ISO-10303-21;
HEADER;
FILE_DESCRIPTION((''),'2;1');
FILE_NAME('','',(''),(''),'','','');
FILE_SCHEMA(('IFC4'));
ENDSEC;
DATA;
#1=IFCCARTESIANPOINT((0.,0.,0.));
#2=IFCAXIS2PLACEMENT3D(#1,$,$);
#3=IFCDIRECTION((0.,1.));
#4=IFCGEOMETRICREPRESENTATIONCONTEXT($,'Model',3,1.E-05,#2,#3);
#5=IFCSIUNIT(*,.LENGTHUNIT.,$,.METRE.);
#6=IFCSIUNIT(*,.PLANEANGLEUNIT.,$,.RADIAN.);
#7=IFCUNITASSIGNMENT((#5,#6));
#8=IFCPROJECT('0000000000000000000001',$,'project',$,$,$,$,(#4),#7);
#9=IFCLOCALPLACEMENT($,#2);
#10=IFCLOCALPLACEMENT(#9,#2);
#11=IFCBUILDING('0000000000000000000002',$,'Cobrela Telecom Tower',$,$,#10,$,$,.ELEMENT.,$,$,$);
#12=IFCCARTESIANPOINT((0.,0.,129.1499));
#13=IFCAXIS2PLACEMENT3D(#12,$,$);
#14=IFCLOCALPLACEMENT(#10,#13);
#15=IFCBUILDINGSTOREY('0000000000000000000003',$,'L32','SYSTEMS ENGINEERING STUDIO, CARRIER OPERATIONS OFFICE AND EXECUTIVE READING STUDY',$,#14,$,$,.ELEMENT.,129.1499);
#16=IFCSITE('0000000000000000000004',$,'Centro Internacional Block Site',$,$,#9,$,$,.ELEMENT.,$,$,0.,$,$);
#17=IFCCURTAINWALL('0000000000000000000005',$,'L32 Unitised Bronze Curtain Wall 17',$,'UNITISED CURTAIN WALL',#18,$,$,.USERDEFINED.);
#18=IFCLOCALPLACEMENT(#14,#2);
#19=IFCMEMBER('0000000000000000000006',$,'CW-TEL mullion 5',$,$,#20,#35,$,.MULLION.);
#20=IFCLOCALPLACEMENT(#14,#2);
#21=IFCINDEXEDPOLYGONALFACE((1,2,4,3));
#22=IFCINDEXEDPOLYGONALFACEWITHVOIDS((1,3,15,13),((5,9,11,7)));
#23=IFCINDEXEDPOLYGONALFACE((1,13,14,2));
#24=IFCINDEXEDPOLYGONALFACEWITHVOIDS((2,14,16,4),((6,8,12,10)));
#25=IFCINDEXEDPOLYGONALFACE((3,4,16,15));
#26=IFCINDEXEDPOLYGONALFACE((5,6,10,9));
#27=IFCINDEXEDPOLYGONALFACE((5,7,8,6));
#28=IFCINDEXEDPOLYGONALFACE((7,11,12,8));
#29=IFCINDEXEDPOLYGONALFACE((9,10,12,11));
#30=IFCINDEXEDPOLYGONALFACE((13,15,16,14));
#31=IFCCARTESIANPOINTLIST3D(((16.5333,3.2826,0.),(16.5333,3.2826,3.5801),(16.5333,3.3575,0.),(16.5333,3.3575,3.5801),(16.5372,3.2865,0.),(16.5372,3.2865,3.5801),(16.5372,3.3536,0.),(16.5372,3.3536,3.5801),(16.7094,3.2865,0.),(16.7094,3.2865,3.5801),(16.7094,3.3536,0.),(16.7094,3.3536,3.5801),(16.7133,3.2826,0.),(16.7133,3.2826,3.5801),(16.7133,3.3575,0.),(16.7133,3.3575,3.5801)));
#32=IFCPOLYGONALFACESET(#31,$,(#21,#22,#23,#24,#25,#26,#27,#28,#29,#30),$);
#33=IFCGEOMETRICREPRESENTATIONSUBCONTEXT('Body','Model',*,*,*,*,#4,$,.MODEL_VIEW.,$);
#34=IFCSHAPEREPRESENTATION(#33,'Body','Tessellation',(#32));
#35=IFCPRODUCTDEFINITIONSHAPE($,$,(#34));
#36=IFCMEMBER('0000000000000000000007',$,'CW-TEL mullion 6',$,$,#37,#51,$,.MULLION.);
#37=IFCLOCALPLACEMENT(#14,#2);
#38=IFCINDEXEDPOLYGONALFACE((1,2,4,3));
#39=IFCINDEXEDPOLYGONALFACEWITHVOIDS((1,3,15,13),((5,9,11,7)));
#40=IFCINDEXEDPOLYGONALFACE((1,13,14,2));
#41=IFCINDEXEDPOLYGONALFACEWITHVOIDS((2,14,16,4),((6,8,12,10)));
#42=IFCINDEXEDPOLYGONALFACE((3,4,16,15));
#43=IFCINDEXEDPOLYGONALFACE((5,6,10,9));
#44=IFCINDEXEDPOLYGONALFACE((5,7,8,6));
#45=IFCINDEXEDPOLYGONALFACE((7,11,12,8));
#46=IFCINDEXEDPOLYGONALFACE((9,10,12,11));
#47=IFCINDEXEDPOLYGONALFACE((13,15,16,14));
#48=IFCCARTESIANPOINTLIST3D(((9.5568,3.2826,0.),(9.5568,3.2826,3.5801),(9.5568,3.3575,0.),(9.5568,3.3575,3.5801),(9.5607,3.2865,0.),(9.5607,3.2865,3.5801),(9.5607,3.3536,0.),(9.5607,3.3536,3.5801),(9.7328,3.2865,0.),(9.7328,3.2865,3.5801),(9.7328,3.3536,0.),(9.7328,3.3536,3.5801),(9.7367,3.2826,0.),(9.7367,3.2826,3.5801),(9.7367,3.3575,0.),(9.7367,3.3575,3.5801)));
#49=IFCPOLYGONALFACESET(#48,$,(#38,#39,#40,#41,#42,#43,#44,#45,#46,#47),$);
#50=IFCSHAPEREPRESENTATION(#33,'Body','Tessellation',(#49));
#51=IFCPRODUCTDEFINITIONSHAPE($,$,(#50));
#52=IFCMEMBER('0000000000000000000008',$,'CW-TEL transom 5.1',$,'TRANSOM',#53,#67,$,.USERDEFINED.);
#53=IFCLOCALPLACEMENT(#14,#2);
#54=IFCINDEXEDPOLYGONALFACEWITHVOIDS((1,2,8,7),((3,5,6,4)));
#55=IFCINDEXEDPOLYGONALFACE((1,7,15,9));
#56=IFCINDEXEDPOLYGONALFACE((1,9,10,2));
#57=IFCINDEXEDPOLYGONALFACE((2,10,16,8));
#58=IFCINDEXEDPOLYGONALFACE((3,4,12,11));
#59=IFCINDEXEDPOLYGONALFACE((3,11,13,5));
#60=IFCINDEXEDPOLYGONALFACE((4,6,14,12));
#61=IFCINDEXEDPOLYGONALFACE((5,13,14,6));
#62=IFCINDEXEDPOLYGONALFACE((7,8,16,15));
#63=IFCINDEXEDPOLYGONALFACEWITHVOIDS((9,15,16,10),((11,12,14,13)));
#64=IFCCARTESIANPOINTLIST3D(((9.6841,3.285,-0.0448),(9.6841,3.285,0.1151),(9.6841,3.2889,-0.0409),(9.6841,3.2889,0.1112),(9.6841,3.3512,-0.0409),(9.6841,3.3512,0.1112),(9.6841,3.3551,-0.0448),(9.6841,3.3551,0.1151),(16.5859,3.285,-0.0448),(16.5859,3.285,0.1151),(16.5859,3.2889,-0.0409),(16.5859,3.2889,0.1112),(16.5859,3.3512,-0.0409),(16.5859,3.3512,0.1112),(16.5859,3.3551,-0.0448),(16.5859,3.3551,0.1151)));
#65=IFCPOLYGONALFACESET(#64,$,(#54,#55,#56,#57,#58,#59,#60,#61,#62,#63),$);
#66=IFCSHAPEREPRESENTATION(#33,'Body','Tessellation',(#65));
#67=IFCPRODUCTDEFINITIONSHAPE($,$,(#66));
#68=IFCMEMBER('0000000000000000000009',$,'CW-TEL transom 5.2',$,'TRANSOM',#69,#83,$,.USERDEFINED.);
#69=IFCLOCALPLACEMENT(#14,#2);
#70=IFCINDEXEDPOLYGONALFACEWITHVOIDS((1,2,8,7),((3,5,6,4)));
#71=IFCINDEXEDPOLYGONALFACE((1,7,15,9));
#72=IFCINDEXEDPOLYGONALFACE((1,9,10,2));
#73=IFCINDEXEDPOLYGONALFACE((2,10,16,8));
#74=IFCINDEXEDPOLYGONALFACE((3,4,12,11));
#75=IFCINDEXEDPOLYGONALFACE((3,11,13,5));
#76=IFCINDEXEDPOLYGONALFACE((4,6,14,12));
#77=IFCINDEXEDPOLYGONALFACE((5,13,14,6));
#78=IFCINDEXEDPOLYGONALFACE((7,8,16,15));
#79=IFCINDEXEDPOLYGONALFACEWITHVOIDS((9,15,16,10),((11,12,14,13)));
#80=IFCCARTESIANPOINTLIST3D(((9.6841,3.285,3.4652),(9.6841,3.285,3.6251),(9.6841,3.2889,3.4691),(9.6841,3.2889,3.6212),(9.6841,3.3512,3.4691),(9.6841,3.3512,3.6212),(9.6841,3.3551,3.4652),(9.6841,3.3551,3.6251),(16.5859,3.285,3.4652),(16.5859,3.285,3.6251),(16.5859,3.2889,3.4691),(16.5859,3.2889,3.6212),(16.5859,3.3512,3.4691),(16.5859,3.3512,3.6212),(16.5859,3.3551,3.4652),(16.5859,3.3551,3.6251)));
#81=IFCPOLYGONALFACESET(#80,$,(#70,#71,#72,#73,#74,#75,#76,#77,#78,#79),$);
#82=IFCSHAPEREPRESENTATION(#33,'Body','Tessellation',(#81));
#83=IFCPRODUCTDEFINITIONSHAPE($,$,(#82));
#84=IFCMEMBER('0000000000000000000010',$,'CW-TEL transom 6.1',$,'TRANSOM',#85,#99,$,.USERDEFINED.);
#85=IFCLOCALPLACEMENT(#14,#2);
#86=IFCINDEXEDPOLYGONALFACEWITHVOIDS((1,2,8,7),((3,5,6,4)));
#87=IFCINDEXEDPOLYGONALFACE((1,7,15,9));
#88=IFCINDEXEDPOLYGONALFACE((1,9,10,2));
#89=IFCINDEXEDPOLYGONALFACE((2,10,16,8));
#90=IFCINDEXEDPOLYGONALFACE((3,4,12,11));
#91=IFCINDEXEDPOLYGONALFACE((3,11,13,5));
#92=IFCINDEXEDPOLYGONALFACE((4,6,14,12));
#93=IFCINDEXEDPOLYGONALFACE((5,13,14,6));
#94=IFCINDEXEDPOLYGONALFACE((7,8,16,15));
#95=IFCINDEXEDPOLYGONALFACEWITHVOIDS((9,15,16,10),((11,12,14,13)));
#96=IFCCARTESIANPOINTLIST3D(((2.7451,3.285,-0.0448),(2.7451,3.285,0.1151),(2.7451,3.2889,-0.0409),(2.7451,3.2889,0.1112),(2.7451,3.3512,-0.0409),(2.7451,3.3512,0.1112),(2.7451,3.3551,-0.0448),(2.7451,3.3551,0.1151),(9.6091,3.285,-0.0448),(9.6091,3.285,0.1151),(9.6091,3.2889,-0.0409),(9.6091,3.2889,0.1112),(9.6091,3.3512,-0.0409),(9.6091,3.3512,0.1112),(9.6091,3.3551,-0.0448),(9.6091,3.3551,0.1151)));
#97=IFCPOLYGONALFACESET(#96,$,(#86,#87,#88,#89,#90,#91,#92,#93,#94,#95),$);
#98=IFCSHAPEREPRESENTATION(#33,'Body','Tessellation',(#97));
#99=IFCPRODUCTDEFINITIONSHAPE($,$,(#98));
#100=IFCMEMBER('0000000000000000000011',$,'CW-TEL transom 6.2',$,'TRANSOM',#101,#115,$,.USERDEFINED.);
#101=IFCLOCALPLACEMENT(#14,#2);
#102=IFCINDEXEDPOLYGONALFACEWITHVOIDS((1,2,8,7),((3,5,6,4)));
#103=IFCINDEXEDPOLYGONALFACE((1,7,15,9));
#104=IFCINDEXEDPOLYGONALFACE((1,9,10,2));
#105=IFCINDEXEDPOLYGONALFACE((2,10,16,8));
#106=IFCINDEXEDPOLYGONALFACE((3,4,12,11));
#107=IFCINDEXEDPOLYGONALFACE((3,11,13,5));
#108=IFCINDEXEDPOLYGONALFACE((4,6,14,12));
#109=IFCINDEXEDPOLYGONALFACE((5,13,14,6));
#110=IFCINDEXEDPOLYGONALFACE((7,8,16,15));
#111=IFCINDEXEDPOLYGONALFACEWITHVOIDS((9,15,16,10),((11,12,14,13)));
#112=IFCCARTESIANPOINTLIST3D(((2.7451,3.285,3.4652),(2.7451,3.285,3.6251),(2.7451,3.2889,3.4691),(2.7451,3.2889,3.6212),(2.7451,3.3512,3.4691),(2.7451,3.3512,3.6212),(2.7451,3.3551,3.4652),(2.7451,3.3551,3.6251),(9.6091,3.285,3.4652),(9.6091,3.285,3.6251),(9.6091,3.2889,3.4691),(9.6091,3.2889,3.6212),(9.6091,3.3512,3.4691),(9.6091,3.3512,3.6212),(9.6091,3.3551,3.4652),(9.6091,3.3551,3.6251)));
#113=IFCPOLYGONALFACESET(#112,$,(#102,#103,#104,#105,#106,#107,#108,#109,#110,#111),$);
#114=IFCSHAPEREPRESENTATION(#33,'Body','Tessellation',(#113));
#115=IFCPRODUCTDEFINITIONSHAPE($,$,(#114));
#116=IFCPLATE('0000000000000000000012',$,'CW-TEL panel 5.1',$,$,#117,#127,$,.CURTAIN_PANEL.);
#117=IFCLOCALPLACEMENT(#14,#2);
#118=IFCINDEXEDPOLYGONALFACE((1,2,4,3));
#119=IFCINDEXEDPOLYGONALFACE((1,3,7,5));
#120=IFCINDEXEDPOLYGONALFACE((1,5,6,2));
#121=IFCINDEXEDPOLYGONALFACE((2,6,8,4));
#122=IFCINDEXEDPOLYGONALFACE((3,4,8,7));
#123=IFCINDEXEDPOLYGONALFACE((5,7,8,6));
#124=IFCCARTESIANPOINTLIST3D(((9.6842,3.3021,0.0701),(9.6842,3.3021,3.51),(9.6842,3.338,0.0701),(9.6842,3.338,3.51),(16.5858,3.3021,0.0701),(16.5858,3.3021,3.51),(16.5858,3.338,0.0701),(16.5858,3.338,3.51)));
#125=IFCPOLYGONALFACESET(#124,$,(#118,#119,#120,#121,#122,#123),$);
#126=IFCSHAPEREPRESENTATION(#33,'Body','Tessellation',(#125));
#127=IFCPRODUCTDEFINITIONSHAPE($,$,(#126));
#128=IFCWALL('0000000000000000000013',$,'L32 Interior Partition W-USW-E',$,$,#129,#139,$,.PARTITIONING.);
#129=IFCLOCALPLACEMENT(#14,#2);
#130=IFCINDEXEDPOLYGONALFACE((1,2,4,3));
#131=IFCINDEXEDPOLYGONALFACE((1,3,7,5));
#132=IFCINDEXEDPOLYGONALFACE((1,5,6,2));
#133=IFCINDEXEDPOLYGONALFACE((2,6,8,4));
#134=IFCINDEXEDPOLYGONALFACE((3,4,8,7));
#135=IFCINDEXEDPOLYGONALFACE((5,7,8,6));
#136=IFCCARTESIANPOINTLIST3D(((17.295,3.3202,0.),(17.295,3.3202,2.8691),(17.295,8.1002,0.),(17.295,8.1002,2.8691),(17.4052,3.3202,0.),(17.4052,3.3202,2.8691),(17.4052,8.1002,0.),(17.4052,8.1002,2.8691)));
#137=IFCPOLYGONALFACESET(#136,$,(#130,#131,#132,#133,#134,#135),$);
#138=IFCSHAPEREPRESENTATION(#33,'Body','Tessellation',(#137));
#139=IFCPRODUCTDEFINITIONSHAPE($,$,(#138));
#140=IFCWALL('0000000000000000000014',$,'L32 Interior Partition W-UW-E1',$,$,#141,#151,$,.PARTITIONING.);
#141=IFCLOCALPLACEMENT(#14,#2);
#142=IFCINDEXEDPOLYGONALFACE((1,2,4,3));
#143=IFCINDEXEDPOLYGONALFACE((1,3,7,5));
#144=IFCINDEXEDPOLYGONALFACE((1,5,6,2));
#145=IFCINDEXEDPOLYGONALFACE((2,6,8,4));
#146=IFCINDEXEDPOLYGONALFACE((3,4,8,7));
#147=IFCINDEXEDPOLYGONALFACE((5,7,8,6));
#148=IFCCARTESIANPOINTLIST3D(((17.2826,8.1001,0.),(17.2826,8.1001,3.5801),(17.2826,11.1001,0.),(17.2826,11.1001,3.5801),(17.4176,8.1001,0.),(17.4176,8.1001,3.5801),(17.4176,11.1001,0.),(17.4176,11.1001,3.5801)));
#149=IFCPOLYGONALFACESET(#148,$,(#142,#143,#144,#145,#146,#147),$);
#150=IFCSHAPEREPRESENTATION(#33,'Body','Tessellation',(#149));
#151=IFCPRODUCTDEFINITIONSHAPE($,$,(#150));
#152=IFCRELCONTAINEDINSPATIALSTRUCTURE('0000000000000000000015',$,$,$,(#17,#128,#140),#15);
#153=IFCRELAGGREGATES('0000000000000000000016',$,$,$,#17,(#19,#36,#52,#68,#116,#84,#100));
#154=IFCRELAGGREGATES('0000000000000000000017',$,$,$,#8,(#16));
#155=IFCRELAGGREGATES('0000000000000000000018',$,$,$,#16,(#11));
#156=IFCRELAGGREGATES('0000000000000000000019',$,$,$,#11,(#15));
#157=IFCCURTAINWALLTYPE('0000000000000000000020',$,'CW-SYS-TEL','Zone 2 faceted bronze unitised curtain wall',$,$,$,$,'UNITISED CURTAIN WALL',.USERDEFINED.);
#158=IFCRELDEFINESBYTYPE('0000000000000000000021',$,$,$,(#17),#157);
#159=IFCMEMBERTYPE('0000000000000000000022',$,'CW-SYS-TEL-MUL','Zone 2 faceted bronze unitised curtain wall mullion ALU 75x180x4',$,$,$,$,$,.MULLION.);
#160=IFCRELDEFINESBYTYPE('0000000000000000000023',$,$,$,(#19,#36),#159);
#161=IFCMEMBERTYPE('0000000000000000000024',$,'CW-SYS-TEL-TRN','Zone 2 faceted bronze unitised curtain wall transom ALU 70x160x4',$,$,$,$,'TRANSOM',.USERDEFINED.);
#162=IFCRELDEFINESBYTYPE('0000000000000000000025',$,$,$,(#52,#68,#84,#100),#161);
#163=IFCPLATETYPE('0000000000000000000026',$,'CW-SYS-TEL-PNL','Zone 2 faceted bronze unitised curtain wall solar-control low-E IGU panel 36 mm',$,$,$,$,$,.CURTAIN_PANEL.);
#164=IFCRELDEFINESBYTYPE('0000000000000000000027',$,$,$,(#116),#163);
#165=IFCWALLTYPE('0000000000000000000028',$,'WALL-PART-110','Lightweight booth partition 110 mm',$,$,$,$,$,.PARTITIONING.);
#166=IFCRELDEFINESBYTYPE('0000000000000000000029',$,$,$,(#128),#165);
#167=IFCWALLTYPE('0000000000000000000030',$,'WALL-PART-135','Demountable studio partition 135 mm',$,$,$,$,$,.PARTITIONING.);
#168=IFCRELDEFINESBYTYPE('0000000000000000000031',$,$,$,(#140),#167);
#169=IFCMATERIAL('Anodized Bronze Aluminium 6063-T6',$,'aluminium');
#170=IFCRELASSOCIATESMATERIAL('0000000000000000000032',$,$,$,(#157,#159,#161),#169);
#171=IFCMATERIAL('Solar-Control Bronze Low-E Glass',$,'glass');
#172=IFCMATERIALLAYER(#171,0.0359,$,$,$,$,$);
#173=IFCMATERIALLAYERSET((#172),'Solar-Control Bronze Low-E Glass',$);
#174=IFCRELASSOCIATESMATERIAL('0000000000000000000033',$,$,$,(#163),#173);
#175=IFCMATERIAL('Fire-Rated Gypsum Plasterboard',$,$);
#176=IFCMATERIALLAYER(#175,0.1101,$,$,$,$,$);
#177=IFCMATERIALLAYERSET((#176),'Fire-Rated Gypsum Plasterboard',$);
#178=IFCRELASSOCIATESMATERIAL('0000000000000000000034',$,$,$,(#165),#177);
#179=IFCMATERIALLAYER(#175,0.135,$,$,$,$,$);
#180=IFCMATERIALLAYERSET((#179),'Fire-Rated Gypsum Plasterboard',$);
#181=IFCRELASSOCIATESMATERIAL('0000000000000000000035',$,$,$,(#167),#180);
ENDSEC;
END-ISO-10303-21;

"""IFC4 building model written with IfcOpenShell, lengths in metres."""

from ifc_helpers import new_model, si_unit, direction, frame, frame_2d, origin, origin_2d, place, context, subcontext, project, spatial, rectangle, hollow_rectangle, extrude, material, layer, layer_set, material_profile, profile_set, type_object, element, aggregate, save


model = new_model("IFC4")

# Units and contexts
model_context = context("Model", 3, precision=1e-05, world=origin(), true_north=direction((0.0, 1.0)))
body_context = subcontext(model_context, "Body", "Model", "MODEL_VIEW")
ifc_project = project(units=[si_unit("LENGTHUNIT", "METRE"), si_unit("PLANEANGLEUNIT", "RADIAN")], contexts=[model_context])

# Site, building, storey
site_placement = place(None, origin())
site = spatial("IfcSite", under=ifc_project, at=site_placement, Name="Centro Internacional Block Site", CompositionType="ELEMENT", RefElevation=0.0)
building_placement = place(site_placement, origin())
building = spatial("IfcBuilding", under=site, at=building_placement, Name="Cobrela Telecom Tower", CompositionType="ELEMENT")
storey_placement = place(building_placement, frame((0.0, 0.0, 129.1499)))
storey = spatial("IfcBuildingStorey", under=building, at=storey_placement, Name="L32", Description="SYSTEMS ENGINEERING STUDIO, CARRIER OPERATIONS OFFICE AND EXECUTIVE READING STUDY", CompositionType="ELEMENT", Elevation=129.1499)

# Curtain wall, members, plate
ifc_material_1 = material(Name="Anodized Bronze Aluminium 6063-T6", Category="aluminium")
curtain_wall_type = type_object("IfcCurtainWallType", Name="CW-SYS-TEL", Description="Zone 2 faceted bronze unitised curtain wall", ElementType="UNITISED CURTAIN WALL", PredefinedType="USERDEFINED", material=ifc_material_1)
curtain_wall_placement = place(storey_placement, origin())
curtain_wall = element("IfcCurtainWall", 1, at=curtain_wall_placement, inside=storey, type_object=curtain_wall_type, Name="L32 Unitised Bronze Curtain Wall 17", ObjectType="UNITISED CURTAIN WALL", PredefinedType="USERDEFINED")
ifc_material_profile_1 = material_profile(ifc_material_1, hollow_rectangle(XDim=0.075, YDim=0.1799, WallThickness=0.0039, at=origin_2d()), Name="ALU 75x180x4")
ifc_profile_set_1 = profile_set([ifc_material_profile_1], Name="Anodized Bronze Aluminium 6063-T6")
member_type_1 = type_object("IfcMemberType", Name="CW-SYS-TEL-MUL", Description="Zone 2 faceted bronze unitised curtain wall mullion ALU 75x180x4", PredefinedType="MULLION", material=ifc_profile_set_1)
member_1_placement = place(storey_placement, frame((16.6233, 3.3201, 0.0), z_axis=(0.0, 0.0, 1.0), x_axis=(0.0, -1.0, 0.0)))
member_1 = element("IfcMember", 2, at=member_1_placement, type_object=member_type_1, Name="CW-TEL mullion 5", PredefinedType="MULLION", context=body_context, shape_type="SweptSolid", body=[
    extrude(hollow_rectangle(XDim=0.075, YDim=0.1799, WallThickness=0.0039, at=origin_2d()), origin(), (0.0, 0.0, 1.0), 3.5801),
])
member_2_placement = place(storey_placement, frame((9.6467, 3.3201, 0.0), z_axis=(0.0, 0.0, 1.0), x_axis=(0.0, -1.0, 0.0)))
member_2 = element("IfcMember", 3, at=member_2_placement, type_object=member_type_1, Name="CW-TEL mullion 6", PredefinedType="MULLION", context=body_context, shape_type="SweptSolid", body=[
    extrude(hollow_rectangle(XDim=0.075, YDim=0.1799, WallThickness=0.0039, at=origin_2d()), origin(), (0.0, 0.0, 1.0), 3.5801),
])
ifc_material_profile_2 = material_profile(ifc_material_1, hollow_rectangle(XDim=0.0701, YDim=0.1599, WallThickness=0.0039, at=origin_2d()), Name="ALU 70x160x4")
ifc_profile_set_2 = profile_set([ifc_material_profile_2], Name="Anodized Bronze Aluminium 6063-T6")
member_type_2 = type_object("IfcMemberType", Name="CW-SYS-TEL-TRN", Description="Zone 2 faceted bronze unitised curtain wall transom ALU 70x160x4", ElementType="TRANSOM", PredefinedType="USERDEFINED", material=ifc_profile_set_2)
member_3_placement = place(storey_placement, frame((16.5859, 3.3201, 0.0352), z_axis=(-1.0, 0.0, 0.0), x_axis=(0.0, -1.0, 0.0)))
member_3 = element("IfcMember", 4, at=member_3_placement, type_object=member_type_2, Name="CW-TEL transom 5.1", ObjectType="TRANSOM", PredefinedType="USERDEFINED", context=body_context, shape_type="SweptSolid", body=[
    extrude(hollow_rectangle(XDim=0.0701, YDim=0.1599, WallThickness=0.0039, at=origin_2d()), origin(), (0.0, 0.0, 1.0), 6.9019),
])
member_4_placement = place(storey_placement, frame((16.5859, 3.3201, 3.5452), z_axis=(-1.0, 0.0, 0.0), x_axis=(0.0, -1.0, 0.0)))
member_4 = element("IfcMember", 5, at=member_4_placement, type_object=member_type_2, Name="CW-TEL transom 5.2", ObjectType="TRANSOM", PredefinedType="USERDEFINED", context=body_context, shape_type="SweptSolid", body=[
    extrude(hollow_rectangle(XDim=0.0701, YDim=0.1599, WallThickness=0.0039, at=origin_2d()), origin(), (0.0, 0.0, 1.0), 6.9019),
])
member_5_placement = place(storey_placement, frame((9.6091, 3.3201, 0.0352), z_axis=(-1.0, 0.0, 0.0), x_axis=(0.0, -1.0, 0.0)))
member_5 = element("IfcMember", 6, at=member_5_placement, type_object=member_type_2, Name="CW-TEL transom 6.1", ObjectType="TRANSOM", PredefinedType="USERDEFINED", context=body_context, shape_type="SweptSolid", body=[
    extrude(hollow_rectangle(XDim=0.0701, YDim=0.1599, WallThickness=0.0039, at=origin_2d()), origin(), (0.0, 0.0, 1.0), 6.864),
])
member_6_placement = place(storey_placement, frame((9.6091, 3.3201, 3.5452), z_axis=(-1.0, 0.0, 0.0), x_axis=(0.0, -1.0, 0.0)))
member_6 = element("IfcMember", 7, at=member_6_placement, type_object=member_type_2, Name="CW-TEL transom 6.2", ObjectType="TRANSOM", PredefinedType="USERDEFINED", context=body_context, shape_type="SweptSolid", body=[
    extrude(hollow_rectangle(XDim=0.0701, YDim=0.1599, WallThickness=0.0039, at=origin_2d()), origin(), (0.0, 0.0, 1.0), 6.864),
])
ifc_material_2 = material(Name="Solar-Control Bronze Low-E Glass", Category="glass")
ifc_layer_1 = layer(ifc_material_2, 0.0359)
ifc_layer_set_1 = layer_set([ifc_layer_1], Name="Solar-Control Bronze Low-E Glass")
plate_type = type_object("IfcPlateType", Name="CW-SYS-TEL-PNL", Description="Zone 2 faceted bronze unitised curtain wall solar-control low-E IGU panel 36 mm", PredefinedType="CURTAIN_PANEL", material=ifc_layer_set_1)
plate_placement = place(storey_placement, frame((13.135, 3.3201, 0.0701), z_axis=(0.0, 0.0, 1.0), x_axis=(-1.0, 0.0, 0.0)))
plate = element("IfcPlate", 8, at=plate_placement, type_object=plate_type, Name="CW-TEL panel 5.1", PredefinedType="CURTAIN_PANEL", context=body_context, shape_type="SweptSolid", body=[
    extrude(rectangle(XDim=6.9016, YDim=0.0359, at=origin_2d()), origin(), (0.0, 0.0, 1.0), 3.4399),
])
aggregate(curtain_wall, [member_1, member_2, member_3, member_4, plate, member_5, member_6])

# Walls
ifc_material_3 = material(Name="Fire-Rated Gypsum Plasterboard")
ifc_layer_2 = layer(ifc_material_3, 0.1101)
ifc_layer_set_2 = layer_set([ifc_layer_2], Name="Fire-Rated Gypsum Plasterboard")
wall_type_1 = type_object("IfcWallType", Name="WALL-PART-110", Description="Lightweight booth partition 110 mm", PredefinedType="PARTITIONING", material=ifc_layer_set_2)
wall_1_placement = place(storey_placement, frame((17.3501, 3.3201, 0.0), z_axis=(0.0, 0.0, 1.0), x_axis=(0.0, 1.0, 0.0)))
element("IfcWall", 9, at=wall_1_placement, inside=storey, type_object=wall_type_1, Name="L32 Interior Partition W-USW-E", PredefinedType="PARTITIONING", context=body_context, shape_type="SweptSolid", body=[
    extrude(rectangle(XDim=4.78, YDim=0.1101, at=frame_2d((2.3901, 0.0))), origin(), (0.0, 0.0, 1.0), 2.8691),
])
ifc_layer_3 = layer(ifc_material_3, 0.135)
ifc_layer_set_3 = layer_set([ifc_layer_3], Name="Fire-Rated Gypsum Plasterboard")
wall_type_2 = type_object("IfcWallType", Name="WALL-PART-135", Description="Demountable studio partition 135 mm", PredefinedType="PARTITIONING", material=ifc_layer_set_3)
wall_2_placement = place(storey_placement, frame((17.3501, 8.1001, 0.0), z_axis=(0.0, 0.0, 1.0), x_axis=(0.0, 1.0, 0.0)))
element("IfcWall", 10, at=wall_2_placement, inside=storey, type_object=wall_type_2, Name="L32 Interior Partition W-UW-E1", PredefinedType="PARTITIONING", context=body_context, shape_type="SweptSolid", body=[
    extrude(rectangle(XDim=3.0, YDim=0.135, at=frame_2d((1.5, 0.0))), origin(), (0.0, 0.0, 1.0), 3.5801),
])

save(model, "model.ifc")
